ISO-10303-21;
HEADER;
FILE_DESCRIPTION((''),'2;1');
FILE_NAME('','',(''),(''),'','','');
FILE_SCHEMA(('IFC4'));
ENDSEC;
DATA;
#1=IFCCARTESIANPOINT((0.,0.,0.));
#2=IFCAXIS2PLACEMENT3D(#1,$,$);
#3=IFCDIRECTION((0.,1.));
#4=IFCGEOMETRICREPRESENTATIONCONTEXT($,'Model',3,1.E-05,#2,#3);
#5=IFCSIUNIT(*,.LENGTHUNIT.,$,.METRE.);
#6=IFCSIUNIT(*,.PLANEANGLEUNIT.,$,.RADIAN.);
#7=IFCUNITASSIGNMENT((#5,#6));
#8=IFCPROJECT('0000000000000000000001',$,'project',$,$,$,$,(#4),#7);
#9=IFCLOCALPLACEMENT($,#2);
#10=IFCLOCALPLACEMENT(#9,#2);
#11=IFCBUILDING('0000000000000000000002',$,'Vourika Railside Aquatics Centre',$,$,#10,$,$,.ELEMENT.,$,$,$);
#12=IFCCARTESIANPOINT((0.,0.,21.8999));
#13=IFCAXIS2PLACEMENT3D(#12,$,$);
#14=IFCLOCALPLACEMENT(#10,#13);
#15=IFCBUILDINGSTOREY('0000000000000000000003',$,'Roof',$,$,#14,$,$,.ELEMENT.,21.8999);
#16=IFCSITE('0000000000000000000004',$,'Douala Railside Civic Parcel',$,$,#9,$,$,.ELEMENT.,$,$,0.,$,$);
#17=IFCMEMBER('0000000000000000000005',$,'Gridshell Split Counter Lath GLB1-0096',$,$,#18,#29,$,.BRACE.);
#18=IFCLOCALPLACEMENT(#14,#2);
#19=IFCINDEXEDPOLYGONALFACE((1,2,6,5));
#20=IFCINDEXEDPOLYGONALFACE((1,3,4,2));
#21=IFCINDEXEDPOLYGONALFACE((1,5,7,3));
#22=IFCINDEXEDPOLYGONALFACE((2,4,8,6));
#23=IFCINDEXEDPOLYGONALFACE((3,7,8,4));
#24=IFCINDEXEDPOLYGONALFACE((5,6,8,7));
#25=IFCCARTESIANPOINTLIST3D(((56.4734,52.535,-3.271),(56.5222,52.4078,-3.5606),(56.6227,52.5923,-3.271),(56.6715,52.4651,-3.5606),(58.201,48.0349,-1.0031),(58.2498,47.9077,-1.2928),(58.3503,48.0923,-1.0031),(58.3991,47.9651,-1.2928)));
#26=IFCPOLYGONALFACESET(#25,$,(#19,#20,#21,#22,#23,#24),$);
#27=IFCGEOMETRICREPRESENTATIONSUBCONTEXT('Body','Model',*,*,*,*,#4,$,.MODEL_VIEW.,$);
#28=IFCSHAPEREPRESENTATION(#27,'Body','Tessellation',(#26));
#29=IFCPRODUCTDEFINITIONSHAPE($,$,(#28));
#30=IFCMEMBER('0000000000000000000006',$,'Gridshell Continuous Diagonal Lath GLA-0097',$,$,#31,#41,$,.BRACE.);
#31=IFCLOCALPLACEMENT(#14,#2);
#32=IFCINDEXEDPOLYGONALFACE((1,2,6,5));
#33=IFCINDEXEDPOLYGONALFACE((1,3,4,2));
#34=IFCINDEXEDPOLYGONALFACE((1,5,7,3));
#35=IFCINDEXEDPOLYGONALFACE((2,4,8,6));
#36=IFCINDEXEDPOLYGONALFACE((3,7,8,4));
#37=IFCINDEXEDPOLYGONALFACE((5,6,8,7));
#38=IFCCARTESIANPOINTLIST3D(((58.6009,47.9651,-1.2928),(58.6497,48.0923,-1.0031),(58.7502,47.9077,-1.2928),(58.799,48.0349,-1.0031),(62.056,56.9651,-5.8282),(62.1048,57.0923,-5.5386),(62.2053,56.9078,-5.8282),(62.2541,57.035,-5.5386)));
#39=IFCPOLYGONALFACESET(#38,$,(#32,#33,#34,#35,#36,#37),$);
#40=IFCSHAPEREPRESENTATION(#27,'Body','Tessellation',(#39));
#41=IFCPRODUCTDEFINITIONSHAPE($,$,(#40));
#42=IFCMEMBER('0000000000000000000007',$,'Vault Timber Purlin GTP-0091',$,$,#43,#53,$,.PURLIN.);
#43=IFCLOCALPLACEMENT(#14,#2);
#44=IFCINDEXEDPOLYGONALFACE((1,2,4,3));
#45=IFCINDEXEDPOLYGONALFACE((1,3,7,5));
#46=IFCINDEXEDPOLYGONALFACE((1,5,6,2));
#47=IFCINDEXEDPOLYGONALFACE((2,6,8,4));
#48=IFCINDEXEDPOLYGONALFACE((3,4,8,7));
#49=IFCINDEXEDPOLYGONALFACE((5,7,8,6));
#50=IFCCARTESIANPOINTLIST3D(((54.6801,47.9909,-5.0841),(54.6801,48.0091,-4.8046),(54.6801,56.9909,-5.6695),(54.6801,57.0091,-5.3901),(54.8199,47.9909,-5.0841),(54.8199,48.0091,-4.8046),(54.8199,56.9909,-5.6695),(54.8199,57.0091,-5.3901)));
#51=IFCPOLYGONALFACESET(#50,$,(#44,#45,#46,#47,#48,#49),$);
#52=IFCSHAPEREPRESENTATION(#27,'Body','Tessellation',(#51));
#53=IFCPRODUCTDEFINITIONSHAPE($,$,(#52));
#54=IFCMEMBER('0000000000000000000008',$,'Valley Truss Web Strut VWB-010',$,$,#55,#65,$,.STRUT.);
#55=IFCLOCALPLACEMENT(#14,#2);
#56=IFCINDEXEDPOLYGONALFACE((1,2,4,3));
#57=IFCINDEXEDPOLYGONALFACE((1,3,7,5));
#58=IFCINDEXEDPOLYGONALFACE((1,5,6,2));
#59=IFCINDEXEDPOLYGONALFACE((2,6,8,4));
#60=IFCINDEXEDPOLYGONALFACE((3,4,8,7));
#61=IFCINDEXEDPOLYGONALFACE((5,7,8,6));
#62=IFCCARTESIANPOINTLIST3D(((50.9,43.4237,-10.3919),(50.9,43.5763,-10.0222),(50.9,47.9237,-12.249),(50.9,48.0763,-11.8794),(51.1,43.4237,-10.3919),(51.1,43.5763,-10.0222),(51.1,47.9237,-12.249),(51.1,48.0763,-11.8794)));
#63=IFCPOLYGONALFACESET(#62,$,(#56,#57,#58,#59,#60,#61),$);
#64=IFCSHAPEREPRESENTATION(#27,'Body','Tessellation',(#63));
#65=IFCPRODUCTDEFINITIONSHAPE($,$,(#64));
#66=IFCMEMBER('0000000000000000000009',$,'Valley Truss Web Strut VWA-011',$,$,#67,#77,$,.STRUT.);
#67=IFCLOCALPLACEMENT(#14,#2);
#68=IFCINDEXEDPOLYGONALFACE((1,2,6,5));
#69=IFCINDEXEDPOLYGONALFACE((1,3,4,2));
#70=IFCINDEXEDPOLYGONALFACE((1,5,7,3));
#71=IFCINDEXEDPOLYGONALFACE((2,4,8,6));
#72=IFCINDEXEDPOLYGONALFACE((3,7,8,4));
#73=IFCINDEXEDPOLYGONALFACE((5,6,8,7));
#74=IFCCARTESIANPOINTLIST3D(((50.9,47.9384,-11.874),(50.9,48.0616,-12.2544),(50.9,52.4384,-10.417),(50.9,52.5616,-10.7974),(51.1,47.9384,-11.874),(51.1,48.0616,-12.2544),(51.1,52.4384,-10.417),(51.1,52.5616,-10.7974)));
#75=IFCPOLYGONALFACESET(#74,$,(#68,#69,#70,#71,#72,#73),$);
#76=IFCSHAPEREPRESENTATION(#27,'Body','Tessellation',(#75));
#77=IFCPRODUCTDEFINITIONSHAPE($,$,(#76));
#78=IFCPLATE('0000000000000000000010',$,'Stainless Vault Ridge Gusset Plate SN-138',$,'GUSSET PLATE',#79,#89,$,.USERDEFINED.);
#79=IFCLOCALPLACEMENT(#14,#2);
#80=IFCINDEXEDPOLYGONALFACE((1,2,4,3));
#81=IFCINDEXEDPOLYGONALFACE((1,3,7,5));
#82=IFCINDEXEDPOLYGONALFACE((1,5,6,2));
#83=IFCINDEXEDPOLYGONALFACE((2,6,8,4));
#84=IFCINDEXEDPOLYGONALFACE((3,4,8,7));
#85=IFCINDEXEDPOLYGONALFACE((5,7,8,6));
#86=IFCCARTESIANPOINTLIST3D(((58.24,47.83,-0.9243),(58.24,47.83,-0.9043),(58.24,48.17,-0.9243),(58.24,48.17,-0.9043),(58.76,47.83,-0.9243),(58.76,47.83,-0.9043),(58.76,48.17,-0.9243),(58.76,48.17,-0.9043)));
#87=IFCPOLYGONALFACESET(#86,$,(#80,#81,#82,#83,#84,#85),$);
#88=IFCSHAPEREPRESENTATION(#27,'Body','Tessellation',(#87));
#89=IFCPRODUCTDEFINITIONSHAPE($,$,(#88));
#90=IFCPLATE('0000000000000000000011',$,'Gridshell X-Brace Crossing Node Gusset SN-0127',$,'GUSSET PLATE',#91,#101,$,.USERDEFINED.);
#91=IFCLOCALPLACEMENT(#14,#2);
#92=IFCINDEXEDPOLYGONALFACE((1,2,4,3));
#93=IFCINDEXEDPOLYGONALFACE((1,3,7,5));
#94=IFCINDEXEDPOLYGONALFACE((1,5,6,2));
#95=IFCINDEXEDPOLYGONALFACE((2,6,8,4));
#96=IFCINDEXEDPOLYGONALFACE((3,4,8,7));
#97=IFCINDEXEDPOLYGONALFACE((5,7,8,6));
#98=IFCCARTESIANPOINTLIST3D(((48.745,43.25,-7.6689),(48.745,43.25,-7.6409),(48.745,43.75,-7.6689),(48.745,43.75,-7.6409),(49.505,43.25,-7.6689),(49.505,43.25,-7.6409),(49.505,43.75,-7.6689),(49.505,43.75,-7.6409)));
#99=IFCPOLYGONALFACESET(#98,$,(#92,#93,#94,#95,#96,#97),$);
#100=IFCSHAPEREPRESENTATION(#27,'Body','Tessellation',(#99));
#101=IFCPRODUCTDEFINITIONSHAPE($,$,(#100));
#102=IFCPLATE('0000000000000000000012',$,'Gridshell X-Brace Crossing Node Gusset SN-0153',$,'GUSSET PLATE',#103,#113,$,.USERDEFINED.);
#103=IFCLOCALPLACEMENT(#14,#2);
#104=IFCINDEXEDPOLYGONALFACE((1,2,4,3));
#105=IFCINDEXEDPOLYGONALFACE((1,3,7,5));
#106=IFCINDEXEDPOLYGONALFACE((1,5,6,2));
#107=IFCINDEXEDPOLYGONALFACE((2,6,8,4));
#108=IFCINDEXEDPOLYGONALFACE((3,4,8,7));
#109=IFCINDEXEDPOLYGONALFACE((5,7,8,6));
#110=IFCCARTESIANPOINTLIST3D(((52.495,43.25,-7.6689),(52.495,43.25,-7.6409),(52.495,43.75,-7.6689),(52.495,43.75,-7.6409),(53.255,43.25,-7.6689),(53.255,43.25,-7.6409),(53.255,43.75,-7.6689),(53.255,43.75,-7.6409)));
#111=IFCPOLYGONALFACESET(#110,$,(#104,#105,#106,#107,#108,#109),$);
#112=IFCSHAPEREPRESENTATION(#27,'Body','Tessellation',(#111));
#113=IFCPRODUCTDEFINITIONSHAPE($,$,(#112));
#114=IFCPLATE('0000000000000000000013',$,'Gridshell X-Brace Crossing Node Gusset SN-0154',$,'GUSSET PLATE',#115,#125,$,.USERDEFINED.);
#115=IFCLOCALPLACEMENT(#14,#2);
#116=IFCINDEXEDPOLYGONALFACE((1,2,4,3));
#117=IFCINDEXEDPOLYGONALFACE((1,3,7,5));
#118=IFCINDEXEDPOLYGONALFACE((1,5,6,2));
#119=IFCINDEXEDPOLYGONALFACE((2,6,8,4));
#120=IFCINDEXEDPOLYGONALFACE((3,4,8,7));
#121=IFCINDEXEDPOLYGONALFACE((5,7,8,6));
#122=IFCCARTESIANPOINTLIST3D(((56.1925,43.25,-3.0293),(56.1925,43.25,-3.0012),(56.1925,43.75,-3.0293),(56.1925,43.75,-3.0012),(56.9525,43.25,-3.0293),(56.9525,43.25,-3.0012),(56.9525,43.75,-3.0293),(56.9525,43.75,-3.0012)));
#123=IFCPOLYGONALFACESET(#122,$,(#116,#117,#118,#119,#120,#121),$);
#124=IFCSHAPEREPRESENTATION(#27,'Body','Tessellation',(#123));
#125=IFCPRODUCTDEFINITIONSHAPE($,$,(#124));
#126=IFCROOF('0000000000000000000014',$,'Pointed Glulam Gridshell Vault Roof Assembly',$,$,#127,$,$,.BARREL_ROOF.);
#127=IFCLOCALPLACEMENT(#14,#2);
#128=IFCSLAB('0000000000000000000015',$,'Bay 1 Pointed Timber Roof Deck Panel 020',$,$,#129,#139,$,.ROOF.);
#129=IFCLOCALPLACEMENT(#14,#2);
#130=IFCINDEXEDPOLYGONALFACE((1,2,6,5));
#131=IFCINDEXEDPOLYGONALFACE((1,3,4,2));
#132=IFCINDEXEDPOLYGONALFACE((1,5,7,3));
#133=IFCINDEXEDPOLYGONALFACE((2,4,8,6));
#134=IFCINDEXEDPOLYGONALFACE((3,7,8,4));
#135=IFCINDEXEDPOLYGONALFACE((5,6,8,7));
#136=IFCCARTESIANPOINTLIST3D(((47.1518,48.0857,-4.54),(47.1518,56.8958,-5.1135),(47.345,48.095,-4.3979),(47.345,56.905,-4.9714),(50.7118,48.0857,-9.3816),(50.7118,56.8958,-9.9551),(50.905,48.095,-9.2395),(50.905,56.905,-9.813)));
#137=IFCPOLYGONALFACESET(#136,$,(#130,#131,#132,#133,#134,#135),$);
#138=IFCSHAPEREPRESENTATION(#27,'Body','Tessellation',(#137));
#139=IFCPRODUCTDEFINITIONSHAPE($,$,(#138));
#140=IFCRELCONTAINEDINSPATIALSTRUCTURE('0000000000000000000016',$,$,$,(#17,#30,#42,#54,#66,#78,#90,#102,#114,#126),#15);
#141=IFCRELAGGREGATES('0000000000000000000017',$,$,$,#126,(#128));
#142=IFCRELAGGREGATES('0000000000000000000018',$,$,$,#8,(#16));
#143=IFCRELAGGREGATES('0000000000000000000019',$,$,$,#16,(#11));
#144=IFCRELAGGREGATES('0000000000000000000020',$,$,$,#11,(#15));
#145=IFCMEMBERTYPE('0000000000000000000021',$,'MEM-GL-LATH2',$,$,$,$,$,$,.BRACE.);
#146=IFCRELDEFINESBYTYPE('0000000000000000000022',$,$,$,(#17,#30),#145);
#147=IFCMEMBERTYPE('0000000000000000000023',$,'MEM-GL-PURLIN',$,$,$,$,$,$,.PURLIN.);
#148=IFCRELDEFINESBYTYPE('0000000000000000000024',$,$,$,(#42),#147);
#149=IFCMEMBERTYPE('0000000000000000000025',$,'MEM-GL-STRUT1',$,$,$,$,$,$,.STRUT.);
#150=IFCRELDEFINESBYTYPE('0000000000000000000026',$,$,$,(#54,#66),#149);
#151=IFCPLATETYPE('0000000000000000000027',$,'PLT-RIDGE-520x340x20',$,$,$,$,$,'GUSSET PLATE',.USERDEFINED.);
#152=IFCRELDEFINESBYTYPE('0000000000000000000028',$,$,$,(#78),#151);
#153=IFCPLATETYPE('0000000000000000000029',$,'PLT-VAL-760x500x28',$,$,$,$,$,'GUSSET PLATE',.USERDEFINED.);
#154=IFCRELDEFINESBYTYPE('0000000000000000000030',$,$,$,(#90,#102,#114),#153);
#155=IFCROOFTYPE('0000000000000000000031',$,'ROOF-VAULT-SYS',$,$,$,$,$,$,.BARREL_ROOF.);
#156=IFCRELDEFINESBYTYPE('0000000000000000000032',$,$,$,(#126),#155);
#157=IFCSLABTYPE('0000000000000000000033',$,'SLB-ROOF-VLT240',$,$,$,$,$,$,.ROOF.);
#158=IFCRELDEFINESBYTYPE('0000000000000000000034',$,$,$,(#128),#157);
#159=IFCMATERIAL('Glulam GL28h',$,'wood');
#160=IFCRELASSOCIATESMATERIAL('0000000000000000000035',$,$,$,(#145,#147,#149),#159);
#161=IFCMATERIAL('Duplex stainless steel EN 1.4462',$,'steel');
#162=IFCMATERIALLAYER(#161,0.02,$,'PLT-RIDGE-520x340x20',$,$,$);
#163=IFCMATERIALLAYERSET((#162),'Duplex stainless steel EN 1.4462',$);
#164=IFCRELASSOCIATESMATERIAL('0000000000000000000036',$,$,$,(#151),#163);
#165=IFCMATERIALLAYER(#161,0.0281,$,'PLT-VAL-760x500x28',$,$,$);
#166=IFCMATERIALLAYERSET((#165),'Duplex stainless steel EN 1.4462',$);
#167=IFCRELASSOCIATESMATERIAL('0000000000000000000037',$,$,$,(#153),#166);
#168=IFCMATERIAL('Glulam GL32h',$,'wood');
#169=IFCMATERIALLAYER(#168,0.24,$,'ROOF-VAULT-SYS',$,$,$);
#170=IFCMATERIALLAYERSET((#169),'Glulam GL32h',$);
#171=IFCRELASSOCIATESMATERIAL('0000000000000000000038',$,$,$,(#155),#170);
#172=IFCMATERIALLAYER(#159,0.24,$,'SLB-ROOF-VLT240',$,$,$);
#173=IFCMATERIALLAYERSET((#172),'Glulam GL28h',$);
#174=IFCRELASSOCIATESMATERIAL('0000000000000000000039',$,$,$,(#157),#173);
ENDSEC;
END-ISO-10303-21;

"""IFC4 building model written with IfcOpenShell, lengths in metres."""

from ifc_helpers import new_model, si_unit, direction, frame, origin, origin_2d, place, context, subcontext, project, spatial, polyline, rectangle, outline, extrude, material, layer, layer_set, material_profile, profile_set, type_object, element, aggregate, save


model = new_model("IFC4")

# Units and contexts
model_context = context("Model", 3, precision=1e-05, world=origin(), true_north=direction((0.0, 1.0)))
body_context = subcontext(model_context, "Body", "Model", "MODEL_VIEW")
ifc_project = project(units=[si_unit("LENGTHUNIT", "METRE"), si_unit("PLANEANGLEUNIT", "RADIAN")], contexts=[model_context])

# Site, building, storey
site_placement = place(None, origin())
site = spatial("IfcSite", under=ifc_project, at=site_placement, Name="Douala Railside Civic Parcel", CompositionType="ELEMENT", RefElevation=0.0)
building_placement = place(site_placement, origin())
building = spatial("IfcBuilding", under=site, at=building_placement, Name="Vourika Railside Aquatics Centre", CompositionType="ELEMENT")
storey_placement = place(building_placement, frame((0.0, 0.0, 21.8999)))
storey = spatial("IfcBuildingStorey", under=building, at=storey_placement, Name="Roof", CompositionType="ELEMENT", Elevation=21.8999)

# Shared definitions
ifc_material_1 = material(Name="Glulam GL32h", Category="wood")

# Members
ifc_material_2 = material(Name="Glulam GL28h", Category="wood")
ifc_material_profile_1 = material_profile(ifc_material_2, rectangle(XDim=0.1599, YDim=0.3201, at=origin_2d()), Name="GL28h 160x320")
ifc_profile_set_1 = profile_set([ifc_material_profile_1], Name="Glulam GL28h")
member_type_1 = type_object("IfcMemberType", Name="MEM-GL-LATH2", PredefinedType="BRACE", material=ifc_profile_set_1)
member_1_placement = place(storey_placement, frame((58.3, 48.0, -1.1479), z_axis=(-0.324296, 0.844746, -0.425719), x_axis=(-0.93357, -0.358395, 0.0)))
element("IfcMember", 1, at=member_1_placement, inside=storey, type_object=member_type_1, Name="Gridshell Split Counter Lath GLB1-0096", PredefinedType="BRACE", context=body_context, shape_type="SweptSolid", body=[
    extrude(rectangle(XDim=0.1599, YDim=0.3201, at=origin_2d()), origin(), (0.0, 0.0, 1.0), 5.3271),
])
member_2_placement = place(storey_placement, frame((58.7, 48.0, -1.1479), z_axis=(0.324299, 0.844754, -0.4257), x_axis=(-0.93357, 0.358395, 0.0)))
element("IfcMember", 2, at=member_2_placement, inside=storey, type_object=member_type_1, Name="Gridshell Continuous Diagonal Lath GLA-0097", PredefinedType="BRACE", context=body_context, shape_type="SweptSolid", body=[
    extrude(rectangle(XDim=0.1599, YDim=0.3201, at=origin_2d()), origin(), (0.0, 0.0, 1.0), 10.6541),
])
ifc_material_profile_2 = material_profile(ifc_material_2, rectangle(XDim=0.1399, YDim=0.28, at=origin_2d()), Name="GL28h 140x280")
ifc_profile_set_2 = profile_set([ifc_material_profile_2], Name="Glulam GL28h")
member_type_2 = type_object("IfcMemberType", Name="MEM-GL-PURLIN", PredefinedType="PURLIN", material=ifc_profile_set_2)
member_3_placement = place(storey_placement, frame((54.75, 48.0, -4.9443), z_axis=(0.0, 0.997891, -0.064913), x_axis=(-1.0, 0.0, 0.0)))
element("IfcMember", 3, at=member_3_placement, inside=storey, type_object=member_type_2, Name="Vault Timber Purlin GTP-0091", PredefinedType="PURLIN", context=body_context, shape_type="SweptSolid", body=[
    extrude(rectangle(XDim=0.1399, YDim=0.28, at=origin_2d()), origin(), (0.0, 0.0, 1.0), 9.019),
])
ifc_material_profile_3 = material_profile(ifc_material_2, rectangle(XDim=0.2, YDim=0.3999, at=origin_2d()), Name="GL28h 200x400")
ifc_profile_set_3 = profile_set([ifc_material_profile_3], Name="Glulam GL28h")
member_type_3 = type_object("IfcMemberType", Name="MEM-GL-STRUT1", PredefinedType="STRUT", material=ifc_profile_set_3)
member_4_placement = place(storey_placement, frame((51.0, 43.5, -10.207), z_axis=(0.0, 0.924371, -0.381494), x_axis=(-1.0, 0.0, 0.0)))
element("IfcMember", 4, at=member_4_placement, inside=storey, type_object=member_type_3, Name="Valley Truss Web Strut VWB-010", PredefinedType="STRUT", context=body_context, shape_type="SweptSolid", body=[
    extrude(rectangle(XDim=0.2, YDim=0.3999, at=origin_2d()), origin(), (0.0, 0.0, 1.0), 4.8682),
])
member_5_placement = place(storey_placement, frame((51.0, 48.0, -12.0642), z_axis=(0.0, 0.951373, 0.30804), x_axis=(-1.0, 0.0, 0.0)))
element("IfcMember", 5, at=member_5_placement, inside=storey, type_object=member_type_3, Name="Valley Truss Web Strut VWA-011", PredefinedType="STRUT", context=body_context, shape_type="SweptSolid", body=[
    extrude(rectangle(XDim=0.2, YDim=0.3999, at=origin_2d()), origin(), (0.0, 0.0, 1.0), 4.73),
])

# Plates
ifc_material_3 = material(Name="Duplex stainless steel EN 1.4462", Category="steel")
ifc_layer_1 = layer(ifc_material_3, 0.02, Name="PLT-RIDGE-520x340x20")
ifc_layer_set_1 = layer_set([ifc_layer_1], Name="Duplex stainless steel EN 1.4462")
plate_type_1 = type_object("IfcPlateType", Name="PLT-RIDGE-520x340x20", ElementType="GUSSET PLATE", PredefinedType="USERDEFINED", material=ifc_layer_set_1)
plate_placement = place(storey_placement, frame((58.5, 48.0, -0.9243), z_axis=(0.0, 0.0, 1.0), x_axis=(1.0, 0.0, 0.0)))
element("IfcPlate", 6, at=plate_placement, inside=storey, type_object=plate_type_1, Name="Stainless Vault Ridge Gusset Plate SN-138", ObjectType="GUSSET PLATE", PredefinedType="USERDEFINED", context=body_context, shape_type="SweptSolid", body=[
    extrude(rectangle(XDim=0.52, YDim=0.3401, at=origin_2d()), origin(), (0.0, 0.0, 1.0), 0.02),
])
ifc_layer_2 = layer(ifc_material_3, 0.0281, Name="PLT-VAL-760x500x28")
ifc_layer_set_2 = layer_set([ifc_layer_2], Name="Duplex stainless steel EN 1.4462")
plate_type_2 = type_object("IfcPlateType", Name="PLT-VAL-760x500x28", ElementType="GUSSET PLATE", PredefinedType="USERDEFINED", material=ifc_layer_set_2)
for number, where, z_axis, x_axis, name in (
    (7, (49.125, 43.5, -7.6689), (0.0, 0.0, 1.0), (1.0, 0.0, 0.0), "Gridshell X-Brace Crossing Node Gusset SN-0127"),
    (8, (52.875, 43.5, -7.6689), (0.0, 0.0, 1.0), (1.0, 0.0, 0.0), "Gridshell X-Brace Crossing Node Gusset SN-0153"),
    (9, (56.5725, 43.5, -3.0293), (0.0, 0.0, 1.0), (1.0, 0.0, 0.0), "Gridshell X-Brace Crossing Node Gusset SN-0154"),
):
    element("IfcPlate", number, at=place(storey_placement, frame(where, z_axis=z_axis, x_axis=x_axis)), inside=storey, type_object=plate_type_2, Name=name, ObjectType="GUSSET PLATE", PredefinedType="USERDEFINED", context=body_context, shape_type="SweptSolid", body=[
        extrude(rectangle(XDim=0.76, YDim=0.5, at=origin_2d()), origin(), (0.0, 0.0, 1.0), 0.0281),
    ])

# Roof, slab
ifc_layer_3 = layer(ifc_material_1, 0.24, Name="ROOF-VAULT-SYS")
ifc_layer_set_3 = layer_set([ifc_layer_3], Name="Glulam GL32h")
roof_type = type_object("IfcRoofType", Name="ROOF-VAULT-SYS", PredefinedType="BARREL_ROOF", material=ifc_layer_set_3)
roof_placement = place(storey_placement, origin())
roof = element("IfcRoof", 10, at=roof_placement, inside=storey, type_object=roof_type, Name="Pointed Glulam Gridshell Vault Roof Assembly", PredefinedType="BARREL_ROOF")
ifc_layer_4 = layer(ifc_material_2, 0.24, Name="SLB-ROOF-VLT240")
ifc_layer_set_4 = layer_set([ifc_layer_4], Name="Glulam GL28h")
slab_type = type_object("IfcSlabType", Name="SLB-ROOF-VLT240", PredefinedType="ROOF", material=ifc_layer_set_4)
slab_placement = place(storey_placement, frame((47.345, 48.095, -4.3979), z_axis=(0.805045, 0.038533, 0.591961), x_axis=(0.592401, 0.0, -0.805644)))
slab = element("IfcSlab", 11, at=slab_placement, type_object=slab_type, Name="Bay 1 Pointed Timber Roof Deck Panel 020", PredefinedType="ROOF", context=body_context, shape_type="SweptSolid", body=[
    extrude(outline(polyline([(0.0, 0.0), (6.0095, 0.0), (6.4716, 8.8166), (0.462, 8.8166), (0.0, 0.0)])), origin(), (0.0, 0.0, -1.0), 0.24),
])
aggregate(roof, [slab])

save(model, "model.ifc")
